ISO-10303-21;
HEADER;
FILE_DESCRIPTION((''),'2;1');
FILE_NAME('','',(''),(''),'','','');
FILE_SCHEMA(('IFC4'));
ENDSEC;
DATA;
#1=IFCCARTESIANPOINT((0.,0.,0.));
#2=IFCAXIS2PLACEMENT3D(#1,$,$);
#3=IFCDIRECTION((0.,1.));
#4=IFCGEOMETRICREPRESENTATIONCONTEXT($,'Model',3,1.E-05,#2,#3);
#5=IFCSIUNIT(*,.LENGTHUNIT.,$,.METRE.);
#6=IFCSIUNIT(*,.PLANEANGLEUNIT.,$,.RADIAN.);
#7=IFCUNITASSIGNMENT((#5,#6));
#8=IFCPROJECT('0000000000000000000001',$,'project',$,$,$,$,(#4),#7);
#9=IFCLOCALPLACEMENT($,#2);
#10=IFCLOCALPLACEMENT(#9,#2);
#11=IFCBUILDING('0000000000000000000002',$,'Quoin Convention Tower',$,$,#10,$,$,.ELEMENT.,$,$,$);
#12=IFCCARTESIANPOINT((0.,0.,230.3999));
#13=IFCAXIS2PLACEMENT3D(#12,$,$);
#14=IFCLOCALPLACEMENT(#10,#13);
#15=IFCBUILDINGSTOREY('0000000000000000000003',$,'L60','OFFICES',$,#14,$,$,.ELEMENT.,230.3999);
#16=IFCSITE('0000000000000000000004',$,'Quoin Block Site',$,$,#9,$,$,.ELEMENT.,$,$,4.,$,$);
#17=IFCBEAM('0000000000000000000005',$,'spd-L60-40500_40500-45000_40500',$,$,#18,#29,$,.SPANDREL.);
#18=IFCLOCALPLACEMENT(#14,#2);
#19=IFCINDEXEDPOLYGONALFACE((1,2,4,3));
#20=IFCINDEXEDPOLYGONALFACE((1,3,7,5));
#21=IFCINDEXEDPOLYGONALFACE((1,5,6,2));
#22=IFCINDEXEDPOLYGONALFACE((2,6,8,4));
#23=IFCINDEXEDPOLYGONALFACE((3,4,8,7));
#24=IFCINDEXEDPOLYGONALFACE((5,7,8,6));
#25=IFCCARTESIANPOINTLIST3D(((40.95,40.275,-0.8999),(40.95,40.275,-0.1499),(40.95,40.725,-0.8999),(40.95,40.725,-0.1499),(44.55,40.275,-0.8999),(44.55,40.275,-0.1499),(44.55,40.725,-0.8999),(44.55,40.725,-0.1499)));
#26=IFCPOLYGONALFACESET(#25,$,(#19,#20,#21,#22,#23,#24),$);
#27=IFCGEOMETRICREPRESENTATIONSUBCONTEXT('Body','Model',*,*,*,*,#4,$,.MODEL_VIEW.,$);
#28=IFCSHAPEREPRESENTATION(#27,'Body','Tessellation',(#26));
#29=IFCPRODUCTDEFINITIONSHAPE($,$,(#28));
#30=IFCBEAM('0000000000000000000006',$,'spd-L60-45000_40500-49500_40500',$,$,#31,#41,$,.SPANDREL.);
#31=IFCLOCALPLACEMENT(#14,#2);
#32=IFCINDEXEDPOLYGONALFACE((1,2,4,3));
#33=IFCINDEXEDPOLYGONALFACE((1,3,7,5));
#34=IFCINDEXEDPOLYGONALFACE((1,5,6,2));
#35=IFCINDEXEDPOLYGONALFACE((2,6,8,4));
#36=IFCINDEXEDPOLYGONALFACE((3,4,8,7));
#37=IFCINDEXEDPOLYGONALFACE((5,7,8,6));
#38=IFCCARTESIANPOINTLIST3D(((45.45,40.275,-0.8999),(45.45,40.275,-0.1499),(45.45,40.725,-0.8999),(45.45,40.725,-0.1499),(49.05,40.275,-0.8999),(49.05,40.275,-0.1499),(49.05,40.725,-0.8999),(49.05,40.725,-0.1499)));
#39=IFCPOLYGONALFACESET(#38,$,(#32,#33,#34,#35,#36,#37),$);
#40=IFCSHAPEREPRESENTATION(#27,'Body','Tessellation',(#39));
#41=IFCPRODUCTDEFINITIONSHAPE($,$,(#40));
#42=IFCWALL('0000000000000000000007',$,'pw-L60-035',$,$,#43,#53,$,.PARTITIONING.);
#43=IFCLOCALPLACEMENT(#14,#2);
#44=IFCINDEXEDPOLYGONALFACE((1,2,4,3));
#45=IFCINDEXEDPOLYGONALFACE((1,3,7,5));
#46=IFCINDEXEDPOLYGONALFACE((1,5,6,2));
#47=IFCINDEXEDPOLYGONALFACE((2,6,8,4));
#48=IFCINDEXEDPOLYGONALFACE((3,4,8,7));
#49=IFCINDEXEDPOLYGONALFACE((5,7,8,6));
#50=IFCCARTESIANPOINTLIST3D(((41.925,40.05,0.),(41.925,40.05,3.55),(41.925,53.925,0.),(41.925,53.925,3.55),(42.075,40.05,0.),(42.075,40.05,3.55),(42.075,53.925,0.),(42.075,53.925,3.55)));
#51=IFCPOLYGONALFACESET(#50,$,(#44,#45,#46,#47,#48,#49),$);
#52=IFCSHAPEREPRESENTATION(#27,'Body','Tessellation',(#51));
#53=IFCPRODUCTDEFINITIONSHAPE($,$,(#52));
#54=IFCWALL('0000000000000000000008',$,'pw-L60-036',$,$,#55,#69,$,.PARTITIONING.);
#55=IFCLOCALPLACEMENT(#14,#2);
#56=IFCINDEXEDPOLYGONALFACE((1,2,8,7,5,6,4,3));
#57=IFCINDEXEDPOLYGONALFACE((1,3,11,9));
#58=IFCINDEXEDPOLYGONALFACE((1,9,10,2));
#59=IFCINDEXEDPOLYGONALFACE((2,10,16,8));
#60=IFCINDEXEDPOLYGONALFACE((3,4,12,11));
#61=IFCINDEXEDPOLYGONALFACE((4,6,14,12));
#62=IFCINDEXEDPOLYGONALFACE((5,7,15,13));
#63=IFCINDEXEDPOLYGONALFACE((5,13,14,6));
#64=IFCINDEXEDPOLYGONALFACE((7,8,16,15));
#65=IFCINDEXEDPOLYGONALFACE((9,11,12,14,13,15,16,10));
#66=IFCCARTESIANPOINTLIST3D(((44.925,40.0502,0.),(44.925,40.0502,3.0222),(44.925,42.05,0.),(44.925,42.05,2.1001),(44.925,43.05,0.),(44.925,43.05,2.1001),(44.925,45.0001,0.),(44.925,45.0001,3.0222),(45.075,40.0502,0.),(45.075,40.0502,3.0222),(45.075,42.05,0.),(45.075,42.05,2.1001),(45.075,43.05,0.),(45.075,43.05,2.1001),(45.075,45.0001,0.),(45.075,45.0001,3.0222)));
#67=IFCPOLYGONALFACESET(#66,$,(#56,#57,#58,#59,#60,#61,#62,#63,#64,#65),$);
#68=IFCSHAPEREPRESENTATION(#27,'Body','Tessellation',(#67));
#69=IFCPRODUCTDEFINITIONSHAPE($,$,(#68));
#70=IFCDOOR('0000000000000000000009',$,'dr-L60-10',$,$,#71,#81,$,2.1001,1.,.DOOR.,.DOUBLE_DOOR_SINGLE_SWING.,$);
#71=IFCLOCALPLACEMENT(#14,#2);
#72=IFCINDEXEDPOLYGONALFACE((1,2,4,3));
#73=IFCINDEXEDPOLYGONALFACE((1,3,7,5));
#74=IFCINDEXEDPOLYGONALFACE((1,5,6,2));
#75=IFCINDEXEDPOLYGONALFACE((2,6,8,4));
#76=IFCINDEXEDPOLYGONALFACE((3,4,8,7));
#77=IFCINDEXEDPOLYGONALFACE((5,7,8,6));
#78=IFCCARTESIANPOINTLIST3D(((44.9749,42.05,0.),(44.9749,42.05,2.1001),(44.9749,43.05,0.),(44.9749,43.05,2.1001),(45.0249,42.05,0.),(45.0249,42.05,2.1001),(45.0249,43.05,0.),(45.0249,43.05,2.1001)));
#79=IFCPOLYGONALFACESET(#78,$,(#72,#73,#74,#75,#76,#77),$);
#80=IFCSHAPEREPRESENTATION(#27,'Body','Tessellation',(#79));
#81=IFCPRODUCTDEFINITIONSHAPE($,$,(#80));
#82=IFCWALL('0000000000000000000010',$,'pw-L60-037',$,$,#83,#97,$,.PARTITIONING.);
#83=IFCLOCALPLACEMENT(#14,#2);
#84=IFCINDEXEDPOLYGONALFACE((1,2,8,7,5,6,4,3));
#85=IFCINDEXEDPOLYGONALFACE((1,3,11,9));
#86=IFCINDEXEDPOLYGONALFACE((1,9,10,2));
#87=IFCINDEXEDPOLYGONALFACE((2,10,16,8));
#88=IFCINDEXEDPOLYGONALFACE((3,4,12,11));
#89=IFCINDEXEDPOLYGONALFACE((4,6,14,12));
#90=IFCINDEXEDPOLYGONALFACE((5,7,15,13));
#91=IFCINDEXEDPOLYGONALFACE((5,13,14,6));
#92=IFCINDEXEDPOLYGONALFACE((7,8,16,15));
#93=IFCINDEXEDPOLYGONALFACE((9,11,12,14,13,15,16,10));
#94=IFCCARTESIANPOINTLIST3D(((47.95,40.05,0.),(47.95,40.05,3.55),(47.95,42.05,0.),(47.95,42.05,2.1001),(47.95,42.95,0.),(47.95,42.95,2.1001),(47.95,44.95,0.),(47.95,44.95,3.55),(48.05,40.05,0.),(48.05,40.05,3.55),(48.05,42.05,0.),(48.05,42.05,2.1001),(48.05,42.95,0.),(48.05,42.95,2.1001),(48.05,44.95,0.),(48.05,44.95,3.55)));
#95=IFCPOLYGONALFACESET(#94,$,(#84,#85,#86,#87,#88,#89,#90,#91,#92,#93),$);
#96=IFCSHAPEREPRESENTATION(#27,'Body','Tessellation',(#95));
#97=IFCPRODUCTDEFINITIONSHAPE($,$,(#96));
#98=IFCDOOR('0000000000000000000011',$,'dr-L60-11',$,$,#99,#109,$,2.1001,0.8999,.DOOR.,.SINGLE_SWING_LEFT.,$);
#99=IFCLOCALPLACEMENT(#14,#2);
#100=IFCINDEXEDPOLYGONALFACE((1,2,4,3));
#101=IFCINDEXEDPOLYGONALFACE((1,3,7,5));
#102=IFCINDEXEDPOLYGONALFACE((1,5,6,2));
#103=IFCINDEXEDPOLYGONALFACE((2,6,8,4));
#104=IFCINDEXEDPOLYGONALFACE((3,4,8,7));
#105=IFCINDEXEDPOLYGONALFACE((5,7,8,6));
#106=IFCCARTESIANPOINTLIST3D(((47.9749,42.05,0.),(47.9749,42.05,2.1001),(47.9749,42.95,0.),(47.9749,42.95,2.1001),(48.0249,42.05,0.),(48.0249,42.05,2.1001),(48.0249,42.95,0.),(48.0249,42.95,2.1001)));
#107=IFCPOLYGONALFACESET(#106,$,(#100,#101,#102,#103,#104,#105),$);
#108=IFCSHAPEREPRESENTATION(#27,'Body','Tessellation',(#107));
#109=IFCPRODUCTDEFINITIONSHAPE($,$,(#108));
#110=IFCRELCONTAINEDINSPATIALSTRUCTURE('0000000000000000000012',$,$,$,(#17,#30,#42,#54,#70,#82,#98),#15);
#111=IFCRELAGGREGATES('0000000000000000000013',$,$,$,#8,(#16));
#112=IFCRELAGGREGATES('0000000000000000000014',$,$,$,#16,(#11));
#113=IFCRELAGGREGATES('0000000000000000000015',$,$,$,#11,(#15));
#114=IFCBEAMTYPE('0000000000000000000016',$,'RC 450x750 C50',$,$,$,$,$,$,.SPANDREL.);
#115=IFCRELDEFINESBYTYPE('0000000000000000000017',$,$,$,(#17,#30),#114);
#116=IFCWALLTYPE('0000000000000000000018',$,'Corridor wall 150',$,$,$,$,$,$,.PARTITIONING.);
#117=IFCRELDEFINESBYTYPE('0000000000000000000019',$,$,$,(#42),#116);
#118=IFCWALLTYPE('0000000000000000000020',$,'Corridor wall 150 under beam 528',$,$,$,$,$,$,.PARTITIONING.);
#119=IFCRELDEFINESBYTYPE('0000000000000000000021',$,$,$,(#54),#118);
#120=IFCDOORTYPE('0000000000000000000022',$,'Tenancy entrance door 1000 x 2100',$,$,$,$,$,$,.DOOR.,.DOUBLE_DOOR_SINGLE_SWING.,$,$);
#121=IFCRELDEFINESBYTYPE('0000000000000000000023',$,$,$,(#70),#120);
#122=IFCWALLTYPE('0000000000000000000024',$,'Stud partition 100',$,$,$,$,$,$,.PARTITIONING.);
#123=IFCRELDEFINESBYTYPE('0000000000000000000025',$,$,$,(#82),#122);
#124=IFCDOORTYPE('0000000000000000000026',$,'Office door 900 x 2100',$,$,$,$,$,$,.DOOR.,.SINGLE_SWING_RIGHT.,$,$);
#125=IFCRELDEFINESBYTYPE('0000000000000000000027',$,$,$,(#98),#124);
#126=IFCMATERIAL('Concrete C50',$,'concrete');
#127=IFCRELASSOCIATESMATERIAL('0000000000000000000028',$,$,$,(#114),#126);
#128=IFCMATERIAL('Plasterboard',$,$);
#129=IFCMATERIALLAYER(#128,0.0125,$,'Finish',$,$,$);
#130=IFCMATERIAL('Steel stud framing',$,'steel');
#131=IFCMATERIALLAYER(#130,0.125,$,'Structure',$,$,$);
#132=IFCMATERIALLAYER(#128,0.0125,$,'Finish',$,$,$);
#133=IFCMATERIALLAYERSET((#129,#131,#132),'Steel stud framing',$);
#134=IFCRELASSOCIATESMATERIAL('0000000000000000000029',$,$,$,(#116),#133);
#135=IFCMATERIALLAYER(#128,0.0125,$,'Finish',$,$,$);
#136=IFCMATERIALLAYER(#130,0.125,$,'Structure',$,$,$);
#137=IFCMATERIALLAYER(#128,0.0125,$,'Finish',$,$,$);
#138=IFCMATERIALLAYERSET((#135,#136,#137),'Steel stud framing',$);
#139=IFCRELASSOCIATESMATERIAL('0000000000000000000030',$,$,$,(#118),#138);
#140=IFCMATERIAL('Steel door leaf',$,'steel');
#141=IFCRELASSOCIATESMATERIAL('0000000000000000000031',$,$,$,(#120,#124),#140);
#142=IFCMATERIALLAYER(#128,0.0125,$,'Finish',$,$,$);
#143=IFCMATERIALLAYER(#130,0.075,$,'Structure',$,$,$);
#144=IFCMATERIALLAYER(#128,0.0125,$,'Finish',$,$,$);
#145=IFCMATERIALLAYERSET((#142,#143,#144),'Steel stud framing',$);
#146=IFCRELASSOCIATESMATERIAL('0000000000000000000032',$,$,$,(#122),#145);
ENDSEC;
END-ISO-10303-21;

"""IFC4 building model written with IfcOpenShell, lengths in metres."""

from ifc_helpers import new_model, si_unit, direction, frame, frame_2d, origin, origin_2d, place, context, subcontext, project, spatial, rectangle, extrude, material, layer, layer_set, material_profile, profile_set, type_object, element, fill, save


model = new_model("IFC4")

# Units and contexts
model_context = context("Model", 3, precision=1e-05, world=origin(), true_north=direction((0.0, 1.0)))
body_context = subcontext(model_context, "Body", "Model", "MODEL_VIEW")
ifc_project = project(units=[si_unit("LENGTHUNIT", "METRE"), si_unit("PLANEANGLEUNIT", "RADIAN")], contexts=[model_context])

# Site, building, storey
site_placement = place(None, origin())
site = spatial("IfcSite", under=ifc_project, at=site_placement, Name="Quoin Block Site", CompositionType="ELEMENT", RefElevation=4.0)
building_placement = place(site_placement, origin())
building = spatial("IfcBuilding", under=site, at=building_placement, Name="Quoin Convention Tower", CompositionType="ELEMENT")
storey_placement = place(building_placement, frame((0.0, 0.0, 230.3999)))
storey = spatial("IfcBuildingStorey", under=building, at=storey_placement, Name="L60", Description="OFFICES", CompositionType="ELEMENT", Elevation=230.3999)

# Shared definitions
ifc_material_1 = material(Name="Concrete C50", Category="concrete")

# Beams
ifc_material_profile_1 = material_profile(ifc_material_1, rectangle(XDim=0.45, YDim=0.75, at=origin_2d()), Name="RC 450x750")
ifc_profile_set_1 = profile_set([ifc_material_profile_1], Name="Concrete C50")
beam_type_1 = type_object("IfcBeamType", Name="RC 450x750 C50", PredefinedType="SPANDREL", material=ifc_profile_set_1)
for number, where, z_axis, x_axis, name in (
    (1, (40.95, 40.5, -0.5249), (1.0, 0.0, 0.0), (0.0, 1.0, 0.0), "spd-L60-40500_40500-45000_40500"),
    (2, (45.45, 40.5, -0.5249), (1.0, 0.0, 0.0), (0.0, 1.0, 0.0), "spd-L60-45000_40500-49500_40500"),
):
    element("IfcBeam", number, at=place(storey_placement, frame(where, z_axis=z_axis, x_axis=x_axis)), inside=storey, type_object=beam_type_1, Name=name, PredefinedType="SPANDREL", context=body_context, shape_type="SweptSolid", body=[
        extrude(rectangle(XDim=0.45, YDim=0.75, at=origin_2d()), origin(), (0.0, 0.0, 1.0), 3.6001),
    ])

# Wall
ifc_material_2 = material(Name="Plasterboard")
ifc_layer_1 = layer(ifc_material_2, 0.0125, Name="Finish")
ifc_material_3 = material(Name="Steel stud framing", Category="steel")
ifc_layer_2 = layer(ifc_material_3, 0.125, Name="Structure")
ifc_layer_3 = layer(ifc_material_2, 0.0125, Name="Finish")
ifc_layer_set_1 = layer_set([ifc_layer_1, ifc_layer_2, ifc_layer_3], Name="Steel stud framing")
wall_type_1 = type_object("IfcWallType", Name="Corridor wall 150", PredefinedType="PARTITIONING", material=ifc_layer_set_1)
wall_1_placement = place(storey_placement, frame((42.0, 40.05, 0.0), z_axis=(0.0, 0.0, 1.0), x_axis=(0.0, 1.0, 0.0)))
element("IfcWall", 3, at=wall_1_placement, inside=storey, type_object=wall_type_1, Name="pw-L60-035", PredefinedType="PARTITIONING", context=body_context, shape_type="SweptSolid", body=[
    extrude(rectangle(XDim=13.875, YDim=0.1499, at=frame_2d((6.9375, 0.0))), origin(), (0.0, 0.0, 1.0), 3.55),
])

# Walls, openings, doors
ifc_layer_4 = layer(ifc_material_2, 0.0125, Name="Finish")
ifc_layer_5 = layer(ifc_material_3, 0.125, Name="Structure")
ifc_layer_6 = layer(ifc_material_2, 0.0125, Name="Finish")
ifc_layer_set_2 = layer_set([ifc_layer_4, ifc_layer_5, ifc_layer_6], Name="Steel stud framing")
wall_type_2 = type_object("IfcWallType", Name="Corridor wall 150 under beam 528", PredefinedType="PARTITIONING", material=ifc_layer_set_2)
wall_2_placement = place(storey_placement, frame((45.0, 40.05, 0.0), z_axis=(0.0, 0.0, 1.0), x_axis=(0.0, 1.0, 0.0)))
wall_2 = element("IfcWall", 4, at=wall_2_placement, inside=storey, type_object=wall_type_2, Name="pw-L60-036", PredefinedType="PARTITIONING", context=body_context, shape_type="SweptSolid", body=[
    extrude(rectangle(XDim=4.95, YDim=0.1499, at=frame_2d((2.4751, 0.0))), origin(), (0.0, 0.0, 1.0), 3.0222),
])
opening_1_placement = place(wall_2_placement, frame((2.0, 0.0, 0.0)))
opening_1 = element("IfcOpeningElement", 5, at=opening_1_placement, cuts=wall_2, PredefinedType="OPENING", context=body_context, shape_type="SweptSolid", body=[
    extrude(rectangle(XDim=1.0, YDim=2.1001, at=frame_2d((0.5, 1.05))), frame((0.0, 0.085, 0.0), z_axis=(0.0, -1.0, 0.0), x_axis=(1.0, 0.0, 0.0)), (0.0, 0.0, 1.0), 0.1699),
])
ifc_material_4 = material(Name="Steel door leaf", Category="steel")
door_type_1 = type_object("IfcDoorType", Name="Tenancy entrance door 1000 x 2100", OperationType="DOUBLE_DOOR_SINGLE_SWING", PredefinedType="DOOR", material=ifc_material_4)
door_1_placement = place(opening_1_placement, frame((1.0, 0.0, 0.0), z_axis=(0.0, 0.0, 1.0), x_axis=(-1.0, 0.0, 0.0)))
door_1 = element("IfcDoor", 6, at=door_1_placement, inside=storey, type_object=door_type_1, Name="dr-L60-10", OperationType="DOUBLE_DOOR_SINGLE_SWING", OverallHeight=2.1001, OverallWidth=1.0, PredefinedType="DOOR", context=body_context, shape_type="SweptSolid", body=[
    extrude(rectangle(XDim=1.0, YDim=2.1001, at=frame_2d((0.5, 1.05))), frame((0.0, 0.0249, 0.0), z_axis=(0.0, -1.0, 0.0), x_axis=(1.0, 0.0, 0.0)), (0.0, 0.0, 1.0), 0.05),
])
fill(opening_1, door_1)
ifc_layer_7 = layer(ifc_material_2, 0.0125, Name="Finish")
ifc_layer_8 = layer(ifc_material_3, 0.075, Name="Structure")
ifc_layer_9 = layer(ifc_material_2, 0.0125, Name="Finish")
ifc_layer_set_3 = layer_set([ifc_layer_7, ifc_layer_8, ifc_layer_9], Name="Steel stud framing")
wall_type_3 = type_object("IfcWallType", Name="Stud partition 100", PredefinedType="PARTITIONING", material=ifc_layer_set_3)
wall_3_placement = place(storey_placement, frame((48.0, 40.05, 0.0), z_axis=(0.0, 0.0, 1.0), x_axis=(0.0, 1.0, 0.0)))
wall_3 = element("IfcWall", 7, at=wall_3_placement, inside=storey, type_object=wall_type_3, Name="pw-L60-037", PredefinedType="PARTITIONING", context=body_context, shape_type="SweptSolid", body=[
    extrude(rectangle(XDim=4.8999, YDim=0.1001, at=frame_2d((2.45, 0.0))), origin(), (0.0, 0.0, 1.0), 3.55),
])
opening_2_placement = place(wall_3_placement, frame((2.0, 0.0, 0.0)))
opening_2 = element("IfcOpeningElement", 8, at=opening_2_placement, cuts=wall_3, PredefinedType="OPENING", context=body_context, shape_type="SweptSolid", body=[
    extrude(rectangle(XDim=0.8999, YDim=2.1001, at=frame_2d((0.45, 1.05))), frame((0.0, 0.0601, 0.0), z_axis=(0.0, -1.0, 0.0), x_axis=(1.0, 0.0, 0.0)), (0.0, 0.0, 1.0), 0.1201),
])
door_type_2 = type_object("IfcDoorType", Name="Office door 900 x 2100", OperationType="SINGLE_SWING_RIGHT", PredefinedType="DOOR", material=ifc_material_4)
door_2_placement = place(opening_2_placement, frame((0.8999, 0.0, 0.0), z_axis=(0.0, 0.0, 1.0), x_axis=(-1.0, 0.0, 0.0)))
door_2 = element("IfcDoor", 9, at=door_2_placement, inside=storey, type_object=door_type_2, Name="dr-L60-11", OperationType="SINGLE_SWING_LEFT", OverallHeight=2.1001, OverallWidth=0.8999, PredefinedType="DOOR", context=body_context, shape_type="SweptSolid", body=[
    extrude(rectangle(XDim=0.8999, YDim=2.1001, at=frame_2d((0.45, 1.05))), frame((0.0, 0.0249, 0.0), z_axis=(0.0, -1.0, 0.0), x_axis=(1.0, 0.0, 0.0)), (0.0, 0.0, 1.0), 0.05),
])
fill(opening_2, door_2)

save(model, "model.ifc")
